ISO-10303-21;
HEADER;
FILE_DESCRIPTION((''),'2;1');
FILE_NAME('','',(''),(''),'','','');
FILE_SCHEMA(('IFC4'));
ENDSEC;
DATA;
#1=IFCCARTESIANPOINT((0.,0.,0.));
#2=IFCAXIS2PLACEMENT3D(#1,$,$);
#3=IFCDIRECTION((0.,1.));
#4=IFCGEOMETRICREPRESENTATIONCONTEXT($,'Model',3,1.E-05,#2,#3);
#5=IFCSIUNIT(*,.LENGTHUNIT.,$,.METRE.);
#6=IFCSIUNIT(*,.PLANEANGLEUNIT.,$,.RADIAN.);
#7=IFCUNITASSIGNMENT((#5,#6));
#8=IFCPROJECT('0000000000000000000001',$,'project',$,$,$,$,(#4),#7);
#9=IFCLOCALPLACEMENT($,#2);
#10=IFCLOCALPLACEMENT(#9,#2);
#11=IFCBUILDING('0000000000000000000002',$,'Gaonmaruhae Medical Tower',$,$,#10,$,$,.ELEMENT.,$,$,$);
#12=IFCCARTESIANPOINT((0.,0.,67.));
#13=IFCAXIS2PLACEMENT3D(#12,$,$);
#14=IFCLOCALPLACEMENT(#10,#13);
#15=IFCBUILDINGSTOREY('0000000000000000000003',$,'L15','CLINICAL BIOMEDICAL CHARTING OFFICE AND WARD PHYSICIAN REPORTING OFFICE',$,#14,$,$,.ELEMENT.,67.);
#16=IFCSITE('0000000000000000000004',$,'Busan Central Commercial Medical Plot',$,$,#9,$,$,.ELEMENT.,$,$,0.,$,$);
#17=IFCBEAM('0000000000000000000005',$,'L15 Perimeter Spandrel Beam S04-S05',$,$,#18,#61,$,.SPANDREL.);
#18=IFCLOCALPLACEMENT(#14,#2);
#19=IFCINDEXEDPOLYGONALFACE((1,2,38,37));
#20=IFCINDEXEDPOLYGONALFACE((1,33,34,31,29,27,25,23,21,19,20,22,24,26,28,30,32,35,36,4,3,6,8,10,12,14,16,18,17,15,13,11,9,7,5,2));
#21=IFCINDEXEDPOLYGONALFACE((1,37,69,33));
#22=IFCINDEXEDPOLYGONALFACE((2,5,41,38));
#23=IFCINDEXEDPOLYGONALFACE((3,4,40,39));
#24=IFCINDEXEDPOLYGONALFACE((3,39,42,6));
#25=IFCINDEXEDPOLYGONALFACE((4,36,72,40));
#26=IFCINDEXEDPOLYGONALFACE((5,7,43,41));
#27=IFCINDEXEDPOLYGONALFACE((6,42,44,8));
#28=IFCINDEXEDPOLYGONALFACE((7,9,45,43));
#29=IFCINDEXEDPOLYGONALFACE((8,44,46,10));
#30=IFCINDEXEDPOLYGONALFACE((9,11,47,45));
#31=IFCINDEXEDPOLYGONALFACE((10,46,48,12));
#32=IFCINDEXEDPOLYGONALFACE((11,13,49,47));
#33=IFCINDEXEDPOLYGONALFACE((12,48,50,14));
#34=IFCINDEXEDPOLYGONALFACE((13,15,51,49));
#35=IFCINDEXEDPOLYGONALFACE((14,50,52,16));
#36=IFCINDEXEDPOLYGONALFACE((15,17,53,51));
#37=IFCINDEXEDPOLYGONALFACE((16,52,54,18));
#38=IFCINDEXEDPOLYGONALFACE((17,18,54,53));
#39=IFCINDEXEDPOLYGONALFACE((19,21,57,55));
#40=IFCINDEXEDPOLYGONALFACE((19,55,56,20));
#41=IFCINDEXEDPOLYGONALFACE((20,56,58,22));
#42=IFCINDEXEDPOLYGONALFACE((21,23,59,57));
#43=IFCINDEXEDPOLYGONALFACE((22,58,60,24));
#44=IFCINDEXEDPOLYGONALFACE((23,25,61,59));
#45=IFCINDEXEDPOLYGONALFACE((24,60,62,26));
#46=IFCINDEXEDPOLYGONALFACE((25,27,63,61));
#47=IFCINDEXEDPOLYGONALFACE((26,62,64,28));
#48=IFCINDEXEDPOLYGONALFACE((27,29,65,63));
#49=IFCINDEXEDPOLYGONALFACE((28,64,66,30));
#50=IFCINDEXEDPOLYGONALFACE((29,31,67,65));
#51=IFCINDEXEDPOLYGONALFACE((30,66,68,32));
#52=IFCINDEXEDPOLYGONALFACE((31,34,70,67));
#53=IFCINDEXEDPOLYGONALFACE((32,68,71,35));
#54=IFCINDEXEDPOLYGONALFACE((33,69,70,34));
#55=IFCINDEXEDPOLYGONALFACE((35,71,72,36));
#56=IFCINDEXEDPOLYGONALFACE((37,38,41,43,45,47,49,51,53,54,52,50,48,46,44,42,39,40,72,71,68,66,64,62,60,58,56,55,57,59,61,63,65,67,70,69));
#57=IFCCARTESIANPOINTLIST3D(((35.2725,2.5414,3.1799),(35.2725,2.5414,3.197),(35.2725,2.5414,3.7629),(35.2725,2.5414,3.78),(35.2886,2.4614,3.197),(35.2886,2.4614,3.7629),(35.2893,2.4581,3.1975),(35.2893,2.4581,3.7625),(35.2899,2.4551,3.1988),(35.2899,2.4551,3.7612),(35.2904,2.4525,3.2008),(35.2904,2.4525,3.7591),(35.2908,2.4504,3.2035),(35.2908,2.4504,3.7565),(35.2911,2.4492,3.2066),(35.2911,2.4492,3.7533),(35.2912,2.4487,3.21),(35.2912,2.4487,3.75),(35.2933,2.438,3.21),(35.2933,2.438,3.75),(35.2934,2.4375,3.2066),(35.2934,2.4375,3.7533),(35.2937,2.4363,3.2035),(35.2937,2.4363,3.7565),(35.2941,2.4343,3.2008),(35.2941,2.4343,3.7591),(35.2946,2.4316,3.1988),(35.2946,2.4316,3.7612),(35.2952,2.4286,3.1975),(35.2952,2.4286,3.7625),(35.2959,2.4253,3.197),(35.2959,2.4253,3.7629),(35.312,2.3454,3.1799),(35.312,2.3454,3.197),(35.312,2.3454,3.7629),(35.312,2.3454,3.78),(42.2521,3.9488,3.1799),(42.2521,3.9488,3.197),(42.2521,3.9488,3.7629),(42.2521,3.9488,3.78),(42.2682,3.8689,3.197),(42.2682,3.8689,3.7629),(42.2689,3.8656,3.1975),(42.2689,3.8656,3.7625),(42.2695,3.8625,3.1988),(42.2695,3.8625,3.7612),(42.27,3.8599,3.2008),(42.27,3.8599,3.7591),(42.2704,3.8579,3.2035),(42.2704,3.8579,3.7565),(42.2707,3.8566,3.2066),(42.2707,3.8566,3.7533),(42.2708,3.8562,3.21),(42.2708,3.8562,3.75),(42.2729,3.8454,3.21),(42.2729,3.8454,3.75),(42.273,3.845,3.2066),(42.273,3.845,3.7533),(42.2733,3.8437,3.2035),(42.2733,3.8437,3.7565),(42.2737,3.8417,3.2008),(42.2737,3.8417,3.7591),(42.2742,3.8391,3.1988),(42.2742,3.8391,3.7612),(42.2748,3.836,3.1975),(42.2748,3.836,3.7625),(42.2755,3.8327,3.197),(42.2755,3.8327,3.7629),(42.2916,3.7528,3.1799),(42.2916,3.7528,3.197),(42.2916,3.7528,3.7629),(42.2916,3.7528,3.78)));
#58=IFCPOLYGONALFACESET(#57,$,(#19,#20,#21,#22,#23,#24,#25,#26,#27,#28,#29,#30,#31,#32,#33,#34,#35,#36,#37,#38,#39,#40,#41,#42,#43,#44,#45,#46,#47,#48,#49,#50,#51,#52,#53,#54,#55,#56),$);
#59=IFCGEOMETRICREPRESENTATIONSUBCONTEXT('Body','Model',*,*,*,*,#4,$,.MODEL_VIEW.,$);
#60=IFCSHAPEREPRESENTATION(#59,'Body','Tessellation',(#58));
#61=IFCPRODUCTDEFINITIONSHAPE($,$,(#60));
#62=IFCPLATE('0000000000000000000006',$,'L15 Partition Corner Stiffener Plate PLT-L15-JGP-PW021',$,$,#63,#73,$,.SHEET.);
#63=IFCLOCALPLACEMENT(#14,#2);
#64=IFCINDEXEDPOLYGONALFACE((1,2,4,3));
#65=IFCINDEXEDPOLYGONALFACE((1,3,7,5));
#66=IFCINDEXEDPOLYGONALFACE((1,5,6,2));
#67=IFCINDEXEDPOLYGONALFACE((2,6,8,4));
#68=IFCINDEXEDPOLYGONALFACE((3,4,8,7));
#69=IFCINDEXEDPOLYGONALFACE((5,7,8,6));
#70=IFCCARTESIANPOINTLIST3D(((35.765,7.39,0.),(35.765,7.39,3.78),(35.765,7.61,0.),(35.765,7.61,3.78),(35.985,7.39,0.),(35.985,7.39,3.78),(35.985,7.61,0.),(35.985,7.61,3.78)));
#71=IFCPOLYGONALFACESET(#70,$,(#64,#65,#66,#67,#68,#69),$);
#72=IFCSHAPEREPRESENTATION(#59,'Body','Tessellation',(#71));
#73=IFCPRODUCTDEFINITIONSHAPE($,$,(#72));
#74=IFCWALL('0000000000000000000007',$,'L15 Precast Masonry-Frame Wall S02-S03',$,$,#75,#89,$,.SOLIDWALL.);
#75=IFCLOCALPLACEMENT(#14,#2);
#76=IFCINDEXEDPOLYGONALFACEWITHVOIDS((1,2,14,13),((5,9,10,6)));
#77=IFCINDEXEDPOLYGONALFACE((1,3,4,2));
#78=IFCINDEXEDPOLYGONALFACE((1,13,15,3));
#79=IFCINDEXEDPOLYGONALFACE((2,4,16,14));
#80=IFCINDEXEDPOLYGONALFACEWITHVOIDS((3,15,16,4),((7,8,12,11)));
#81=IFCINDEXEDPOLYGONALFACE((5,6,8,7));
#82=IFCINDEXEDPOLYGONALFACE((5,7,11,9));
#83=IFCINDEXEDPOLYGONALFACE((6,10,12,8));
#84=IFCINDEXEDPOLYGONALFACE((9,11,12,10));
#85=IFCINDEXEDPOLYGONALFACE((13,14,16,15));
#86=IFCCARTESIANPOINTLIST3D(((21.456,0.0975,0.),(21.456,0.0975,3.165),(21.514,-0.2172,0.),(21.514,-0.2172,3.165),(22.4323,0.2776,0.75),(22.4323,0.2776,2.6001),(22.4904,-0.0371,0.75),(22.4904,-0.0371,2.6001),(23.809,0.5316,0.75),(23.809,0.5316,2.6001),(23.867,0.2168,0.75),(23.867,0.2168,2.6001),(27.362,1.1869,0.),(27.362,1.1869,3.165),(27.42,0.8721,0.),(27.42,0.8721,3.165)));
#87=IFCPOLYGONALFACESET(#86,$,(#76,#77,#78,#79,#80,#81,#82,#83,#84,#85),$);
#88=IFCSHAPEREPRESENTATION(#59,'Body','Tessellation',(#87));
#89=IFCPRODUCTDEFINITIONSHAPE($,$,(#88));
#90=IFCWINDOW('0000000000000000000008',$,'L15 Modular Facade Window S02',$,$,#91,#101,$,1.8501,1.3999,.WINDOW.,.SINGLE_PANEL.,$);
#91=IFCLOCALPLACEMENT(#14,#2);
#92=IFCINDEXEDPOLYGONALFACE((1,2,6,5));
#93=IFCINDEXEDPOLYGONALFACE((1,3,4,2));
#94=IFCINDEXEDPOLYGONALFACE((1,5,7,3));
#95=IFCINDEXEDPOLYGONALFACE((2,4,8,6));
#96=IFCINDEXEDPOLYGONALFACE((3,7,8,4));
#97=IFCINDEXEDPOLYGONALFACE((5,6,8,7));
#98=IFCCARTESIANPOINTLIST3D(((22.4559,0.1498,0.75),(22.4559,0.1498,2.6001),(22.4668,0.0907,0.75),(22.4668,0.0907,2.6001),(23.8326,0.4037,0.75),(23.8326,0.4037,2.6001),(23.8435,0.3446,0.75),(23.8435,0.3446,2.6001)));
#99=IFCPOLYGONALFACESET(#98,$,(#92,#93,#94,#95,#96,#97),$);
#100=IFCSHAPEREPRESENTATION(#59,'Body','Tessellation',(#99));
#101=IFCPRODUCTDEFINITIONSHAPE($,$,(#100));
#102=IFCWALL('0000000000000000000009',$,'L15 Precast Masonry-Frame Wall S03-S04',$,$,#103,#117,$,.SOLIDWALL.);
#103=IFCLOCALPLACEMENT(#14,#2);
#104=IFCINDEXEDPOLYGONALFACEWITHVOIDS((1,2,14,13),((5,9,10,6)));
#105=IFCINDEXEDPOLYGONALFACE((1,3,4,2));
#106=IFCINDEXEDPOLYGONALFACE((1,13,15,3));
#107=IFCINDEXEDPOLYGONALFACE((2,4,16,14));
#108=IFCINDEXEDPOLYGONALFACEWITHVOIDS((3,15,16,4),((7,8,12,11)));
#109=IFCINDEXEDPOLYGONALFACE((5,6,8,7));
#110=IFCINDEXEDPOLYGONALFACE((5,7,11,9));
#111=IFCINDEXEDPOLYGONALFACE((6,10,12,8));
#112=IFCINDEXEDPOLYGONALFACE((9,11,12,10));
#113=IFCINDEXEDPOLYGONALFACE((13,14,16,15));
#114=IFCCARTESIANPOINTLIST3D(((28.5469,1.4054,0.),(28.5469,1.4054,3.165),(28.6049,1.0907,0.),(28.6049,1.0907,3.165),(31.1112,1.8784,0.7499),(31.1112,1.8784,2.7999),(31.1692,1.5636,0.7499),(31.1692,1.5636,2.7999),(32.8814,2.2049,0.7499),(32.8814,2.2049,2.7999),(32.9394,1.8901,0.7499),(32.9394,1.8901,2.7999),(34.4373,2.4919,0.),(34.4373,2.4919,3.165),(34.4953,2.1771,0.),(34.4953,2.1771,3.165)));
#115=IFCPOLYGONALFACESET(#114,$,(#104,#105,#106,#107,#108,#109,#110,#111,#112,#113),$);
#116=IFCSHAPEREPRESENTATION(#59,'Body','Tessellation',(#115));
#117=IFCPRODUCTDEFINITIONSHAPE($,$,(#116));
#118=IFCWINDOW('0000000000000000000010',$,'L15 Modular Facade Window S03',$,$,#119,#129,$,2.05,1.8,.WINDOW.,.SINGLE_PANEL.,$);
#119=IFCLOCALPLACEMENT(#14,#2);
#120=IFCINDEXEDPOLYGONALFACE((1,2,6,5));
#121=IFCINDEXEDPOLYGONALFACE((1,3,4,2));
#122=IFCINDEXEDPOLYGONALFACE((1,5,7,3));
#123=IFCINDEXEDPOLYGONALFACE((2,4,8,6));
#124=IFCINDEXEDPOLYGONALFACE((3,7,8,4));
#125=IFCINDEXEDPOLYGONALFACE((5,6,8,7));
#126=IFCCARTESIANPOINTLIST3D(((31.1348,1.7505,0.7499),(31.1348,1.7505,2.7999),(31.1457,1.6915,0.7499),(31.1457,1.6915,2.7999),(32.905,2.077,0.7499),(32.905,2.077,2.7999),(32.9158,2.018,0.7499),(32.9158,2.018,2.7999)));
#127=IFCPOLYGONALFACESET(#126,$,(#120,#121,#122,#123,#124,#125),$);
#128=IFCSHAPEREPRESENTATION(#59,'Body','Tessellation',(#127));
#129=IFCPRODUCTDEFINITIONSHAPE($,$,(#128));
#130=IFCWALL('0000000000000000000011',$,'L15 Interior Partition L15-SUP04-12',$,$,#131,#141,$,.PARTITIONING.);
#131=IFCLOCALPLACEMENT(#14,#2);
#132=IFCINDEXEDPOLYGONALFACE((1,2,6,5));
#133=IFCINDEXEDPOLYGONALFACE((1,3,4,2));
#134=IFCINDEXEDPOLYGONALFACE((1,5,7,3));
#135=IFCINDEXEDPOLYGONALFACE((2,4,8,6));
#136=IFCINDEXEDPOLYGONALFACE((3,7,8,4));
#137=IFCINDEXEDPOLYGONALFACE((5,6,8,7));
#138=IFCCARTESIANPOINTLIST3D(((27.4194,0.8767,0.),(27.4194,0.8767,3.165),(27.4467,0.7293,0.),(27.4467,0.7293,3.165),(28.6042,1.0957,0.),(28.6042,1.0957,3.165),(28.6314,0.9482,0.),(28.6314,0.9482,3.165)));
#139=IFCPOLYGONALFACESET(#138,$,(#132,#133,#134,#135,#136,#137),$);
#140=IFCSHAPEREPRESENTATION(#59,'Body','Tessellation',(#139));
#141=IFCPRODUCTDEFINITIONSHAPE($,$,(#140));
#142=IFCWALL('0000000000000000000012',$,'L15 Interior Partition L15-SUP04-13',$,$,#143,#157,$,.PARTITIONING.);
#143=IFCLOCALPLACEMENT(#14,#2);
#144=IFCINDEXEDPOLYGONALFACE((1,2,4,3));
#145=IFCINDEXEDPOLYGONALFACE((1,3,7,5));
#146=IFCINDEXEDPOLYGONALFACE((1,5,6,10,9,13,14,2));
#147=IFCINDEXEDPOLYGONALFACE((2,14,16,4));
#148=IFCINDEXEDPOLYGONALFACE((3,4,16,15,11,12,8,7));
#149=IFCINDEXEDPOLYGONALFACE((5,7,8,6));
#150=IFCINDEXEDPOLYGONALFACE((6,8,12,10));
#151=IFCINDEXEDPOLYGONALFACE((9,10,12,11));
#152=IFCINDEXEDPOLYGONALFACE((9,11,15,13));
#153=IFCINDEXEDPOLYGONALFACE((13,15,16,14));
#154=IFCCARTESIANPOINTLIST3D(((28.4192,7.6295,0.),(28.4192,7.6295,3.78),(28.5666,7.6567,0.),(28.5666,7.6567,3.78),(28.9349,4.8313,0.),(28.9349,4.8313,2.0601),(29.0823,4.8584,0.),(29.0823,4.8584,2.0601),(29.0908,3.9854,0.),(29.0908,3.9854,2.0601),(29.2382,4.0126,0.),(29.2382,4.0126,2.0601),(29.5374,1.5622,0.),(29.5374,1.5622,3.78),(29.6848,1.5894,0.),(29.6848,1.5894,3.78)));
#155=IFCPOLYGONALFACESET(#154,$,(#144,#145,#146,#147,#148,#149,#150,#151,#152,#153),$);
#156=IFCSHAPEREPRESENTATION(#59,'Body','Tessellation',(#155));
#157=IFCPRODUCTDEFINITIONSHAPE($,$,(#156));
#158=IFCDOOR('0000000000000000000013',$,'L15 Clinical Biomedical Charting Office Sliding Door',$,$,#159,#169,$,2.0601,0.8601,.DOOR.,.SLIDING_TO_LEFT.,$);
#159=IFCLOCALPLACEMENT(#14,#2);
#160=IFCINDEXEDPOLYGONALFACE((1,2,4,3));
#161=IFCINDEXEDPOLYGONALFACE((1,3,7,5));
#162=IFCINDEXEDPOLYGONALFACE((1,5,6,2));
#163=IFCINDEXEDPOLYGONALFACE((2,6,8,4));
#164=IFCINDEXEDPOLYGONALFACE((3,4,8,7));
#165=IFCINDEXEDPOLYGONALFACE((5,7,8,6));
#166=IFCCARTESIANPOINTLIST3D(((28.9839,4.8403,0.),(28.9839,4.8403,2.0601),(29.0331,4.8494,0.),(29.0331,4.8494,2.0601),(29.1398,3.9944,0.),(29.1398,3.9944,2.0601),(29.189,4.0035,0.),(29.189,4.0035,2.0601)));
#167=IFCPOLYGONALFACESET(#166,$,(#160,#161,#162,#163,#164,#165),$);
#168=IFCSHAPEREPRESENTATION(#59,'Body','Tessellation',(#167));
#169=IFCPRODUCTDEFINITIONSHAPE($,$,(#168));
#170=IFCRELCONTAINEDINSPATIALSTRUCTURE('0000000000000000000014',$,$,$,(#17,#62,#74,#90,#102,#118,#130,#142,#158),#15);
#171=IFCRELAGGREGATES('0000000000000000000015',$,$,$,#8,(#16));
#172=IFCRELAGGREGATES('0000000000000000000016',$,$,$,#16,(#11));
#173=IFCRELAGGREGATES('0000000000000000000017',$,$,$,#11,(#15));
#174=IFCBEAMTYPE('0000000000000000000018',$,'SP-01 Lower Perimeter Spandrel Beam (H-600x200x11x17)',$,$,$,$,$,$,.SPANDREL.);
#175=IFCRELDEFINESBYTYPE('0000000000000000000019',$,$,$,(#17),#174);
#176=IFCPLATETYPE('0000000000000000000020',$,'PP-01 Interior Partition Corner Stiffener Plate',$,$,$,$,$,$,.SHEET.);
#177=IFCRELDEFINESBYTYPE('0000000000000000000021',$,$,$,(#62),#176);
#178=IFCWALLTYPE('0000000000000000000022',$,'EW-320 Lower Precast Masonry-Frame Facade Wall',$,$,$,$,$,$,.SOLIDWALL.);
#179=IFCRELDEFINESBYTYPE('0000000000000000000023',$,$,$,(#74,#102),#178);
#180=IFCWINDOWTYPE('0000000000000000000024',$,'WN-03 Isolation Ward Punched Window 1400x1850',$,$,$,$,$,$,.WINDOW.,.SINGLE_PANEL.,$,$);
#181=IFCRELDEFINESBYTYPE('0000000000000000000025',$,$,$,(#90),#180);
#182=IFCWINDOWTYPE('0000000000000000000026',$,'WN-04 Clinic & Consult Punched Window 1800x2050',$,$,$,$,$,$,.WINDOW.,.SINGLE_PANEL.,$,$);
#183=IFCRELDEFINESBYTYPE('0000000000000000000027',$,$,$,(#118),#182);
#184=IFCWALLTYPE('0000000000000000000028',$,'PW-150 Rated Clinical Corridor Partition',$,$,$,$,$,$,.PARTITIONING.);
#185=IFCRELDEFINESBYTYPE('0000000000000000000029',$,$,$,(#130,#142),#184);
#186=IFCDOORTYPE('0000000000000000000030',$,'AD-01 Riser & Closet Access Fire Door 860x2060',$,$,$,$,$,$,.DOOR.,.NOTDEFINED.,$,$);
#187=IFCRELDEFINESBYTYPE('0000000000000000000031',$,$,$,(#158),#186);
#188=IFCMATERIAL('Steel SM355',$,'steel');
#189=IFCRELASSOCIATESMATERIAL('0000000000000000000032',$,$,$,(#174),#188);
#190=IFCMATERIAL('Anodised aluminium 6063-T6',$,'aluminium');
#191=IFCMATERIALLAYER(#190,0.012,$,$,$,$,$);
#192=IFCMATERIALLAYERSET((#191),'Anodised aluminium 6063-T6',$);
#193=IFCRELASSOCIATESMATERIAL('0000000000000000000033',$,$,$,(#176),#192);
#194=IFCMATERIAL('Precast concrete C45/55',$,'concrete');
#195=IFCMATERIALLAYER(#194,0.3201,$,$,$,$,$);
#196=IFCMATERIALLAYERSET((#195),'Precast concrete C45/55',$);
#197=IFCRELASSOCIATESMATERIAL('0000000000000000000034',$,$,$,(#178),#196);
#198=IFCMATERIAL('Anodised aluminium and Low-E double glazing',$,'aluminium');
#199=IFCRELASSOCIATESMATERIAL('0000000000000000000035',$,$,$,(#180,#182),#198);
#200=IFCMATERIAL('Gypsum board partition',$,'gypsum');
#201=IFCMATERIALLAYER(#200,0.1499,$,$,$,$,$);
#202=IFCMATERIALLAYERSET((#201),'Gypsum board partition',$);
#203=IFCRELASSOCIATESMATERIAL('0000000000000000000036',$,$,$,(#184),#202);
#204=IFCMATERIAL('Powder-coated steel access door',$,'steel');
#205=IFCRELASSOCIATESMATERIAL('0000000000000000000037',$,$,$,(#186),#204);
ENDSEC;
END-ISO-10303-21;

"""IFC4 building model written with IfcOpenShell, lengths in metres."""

from ifc_helpers import new_model, si_unit, direction, frame, frame_2d, origin, origin_2d, place, context, subcontext, project, spatial, rectangle, i_section, extrude, material, layer, layer_set, material_profile, profile_set, type_object, element, fill, save


model = new_model("IFC4")

# Units and contexts
model_context = context("Model", 3, precision=1e-05, world=origin(), true_north=direction((0.0, 1.0)))
body_context = subcontext(model_context, "Body", "Model", "MODEL_VIEW")
ifc_project = project(units=[si_unit("LENGTHUNIT", "METRE"), si_unit("PLANEANGLEUNIT", "RADIAN")], contexts=[model_context])

# Site, building, storey
site_placement = place(None, origin())
site = spatial("IfcSite", under=ifc_project, at=site_placement, Name="Busan Central Commercial Medical Plot", CompositionType="ELEMENT", RefElevation=0.0)
building_placement = place(site_placement, origin())
building = spatial("IfcBuilding", under=site, at=building_placement, Name="Gaonmaruhae Medical Tower", CompositionType="ELEMENT")
storey_placement = place(building_placement, frame((0.0, 0.0, 67.0)))
storey = spatial("IfcBuildingStorey", under=building, at=storey_placement, Name="L15", Description="CLINICAL BIOMEDICAL CHARTING OFFICE AND WARD PHYSICIAN REPORTING OFFICE", CompositionType="ELEMENT", Elevation=67.0)

# Beam
ifc_material_1 = material(Name="Steel SM355", Category="steel")
ifc_material_profile_1 = material_profile(ifc_material_1, i_section(OverallWidth=0.2, OverallDepth=0.6001, WebThickness=0.011, FlangeThickness=0.0171, FilletRadius=0.0129, at=origin_2d()), Name="H-600x200x11x17")
ifc_profile_set_1 = profile_set([ifc_material_profile_1], Name="Steel SM355")
beam_type_1 = type_object("IfcBeamType", Name="SP-01 Lower Perimeter Spandrel Beam (H-600x200x11x17)", PredefinedType="SPANDREL", material=ifc_profile_set_1)
beam_1_placement = place(storey_placement, frame((35.2922, 2.4434, 3.48), z_axis=(0.980268, 0.197672, 0.0), x_axis=(-0.197672, 0.980268, 0.0)))
element("IfcBeam", 1, at=beam_1_placement, inside=storey, type_object=beam_type_1, Name="L15 Perimeter Spandrel Beam S04-S05", PredefinedType="SPANDREL", context=body_context, shape_type="SweptSolid", body=[
    extrude(i_section(OverallWidth=0.2, OverallDepth=0.6001, WebThickness=0.011, FlangeThickness=0.0171, FilletRadius=0.0129, at=origin_2d()), origin(), (0.0, 0.0, 1.0), 7.1201),
])

# Plate
ifc_material_2 = material(Name="Anodised aluminium 6063-T6", Category="aluminium")
ifc_layer_1 = layer(ifc_material_2, 0.012)
ifc_layer_set_1 = layer_set([ifc_layer_1], Name="Anodised aluminium 6063-T6")
plate_type = type_object("IfcPlateType", Name="PP-01 Interior Partition Corner Stiffener Plate", PredefinedType="SHEET", material=ifc_layer_set_1)
plate_placement = place(storey_placement, frame((35.875, 7.5, 0.0), z_axis=(0.0, 0.0, 1.0), x_axis=(1.0, 0.0, 0.0)))
element("IfcPlate", 2, at=plate_placement, inside=storey, type_object=plate_type, Name="L15 Partition Corner Stiffener Plate PLT-L15-JGP-PW021", PredefinedType="SHEET", context=body_context, shape_type="SweptSolid", body=[
    extrude(rectangle(XDim=0.22, YDim=0.22, at=origin_2d()), origin(), (0.0, 0.0, 1.0), 3.78),
])

# Walls, openings, windows
ifc_material_3 = material(Name="Precast concrete C45/55", Category="concrete")
ifc_layer_2 = layer(ifc_material_3, 0.3201)
ifc_layer_set_2 = layer_set([ifc_layer_2], Name="Precast concrete C45/55")
wall_type_1 = type_object("IfcWallType", Name="EW-320 Lower Precast Masonry-Frame Facade Wall", PredefinedType="SOLIDWALL", material=ifc_layer_set_2)
wall_1_placement = place(storey_placement, frame((27.3911, 1.0295, 0.0), z_axis=(0.0, 0.0, 1.0), x_axis=(-0.983411, -0.181389, 0.0)))
wall_1 = element("IfcWall", 3, at=wall_1_placement, inside=storey, type_object=wall_type_1, Name="L15 Precast Masonry-Frame Wall S02-S03", PredefinedType="SOLIDWALL", context=body_context, shape_type="SweptSolid", body=[
    extrude(rectangle(XDim=6.0056, YDim=0.3201, at=frame_2d((3.0029, 0.0))), origin(), (0.0, 0.0, 1.0), 3.165),
])
opening_1_placement = place(wall_1_placement, frame((3.613, 0.0, 0.75)))
opening_1 = element("IfcOpeningElement", 4, at=opening_1_placement, cuts=wall_1, PredefinedType="OPENING", context=body_context, shape_type="SweptSolid", body=[
    extrude(rectangle(XDim=1.3999, YDim=1.8501, at=frame_2d((0.7, 0.925))), frame((0.0, 0.1699, 0.0), z_axis=(0.0, -1.0, 0.0), x_axis=(1.0, 0.0, 0.0)), (0.0, 0.0, 1.0), 0.3401),
])
ifc_material_4 = material(Name="Anodised aluminium and Low-E double glazing", Category="aluminium")
window_type_1 = type_object("IfcWindowType", Name="WN-03 Isolation Ward Punched Window 1400x1850", PartitioningType="SINGLE_PANEL", PredefinedType="WINDOW", material=ifc_material_4)
window_1_placement = place(opening_1_placement, origin())
window_1 = element("IfcWindow", 5, at=window_1_placement, inside=storey, type_object=window_type_1, Name="L15 Modular Facade Window S02", OverallHeight=1.8501, OverallWidth=1.3999, PartitioningType="SINGLE_PANEL", PredefinedType="WINDOW", context=body_context, shape_type="SweptSolid", body=[
    extrude(rectangle(XDim=1.3999, YDim=1.8501, at=frame_2d((0.7, 0.925))), frame((0.0, 0.03, 0.0), z_axis=(0.0, -1.0, 0.0), x_axis=(1.0, 0.0, 0.0)), (0.0, 0.0, 1.0), 0.0601),
])
fill(opening_1, window_1)
wall_2_placement = place(storey_placement, frame((34.4663, 2.3345, 0.0), z_axis=(0.0, 0.0, 1.0), x_axis=(-0.983413, -0.181381, 0.0)))
wall_2 = element("IfcWall", 6, at=wall_2_placement, inside=storey, type_object=wall_type_1, Name="L15 Precast Masonry-Frame Wall S03-S04", PredefinedType="SOLIDWALL", context=body_context, shape_type="SweptSolid", body=[
    extrude(rectangle(XDim=5.9897, YDim=0.3201, at=frame_2d((2.9949, 0.0))), origin(), (0.0, 0.0, 1.0), 3.165),
])
opening_2_placement = place(wall_2_placement, frame((1.5823, 0.0, 0.75)))
opening_2 = element("IfcOpeningElement", 7, at=opening_2_placement, cuts=wall_2, PredefinedType="OPENING", context=body_context, shape_type="SweptSolid", body=[
    extrude(rectangle(XDim=1.8, YDim=2.05, at=frame_2d((0.8999, 1.0249))), frame((0.0, 0.1699, 0.0), z_axis=(0.0, -1.0, 0.0), x_axis=(1.0, 0.0, 0.0)), (0.0, 0.0, 1.0), 0.3401),
])
window_type_2 = type_object("IfcWindowType", Name="WN-04 Clinic & Consult Punched Window 1800x2050", PartitioningType="SINGLE_PANEL", PredefinedType="WINDOW", material=ifc_material_4)
window_2_placement = place(opening_2_placement, origin())
window_2 = element("IfcWindow", 8, at=window_2_placement, inside=storey, type_object=window_type_2, Name="L15 Modular Facade Window S03", OverallHeight=2.05, OverallWidth=1.8, PartitioningType="SINGLE_PANEL", PredefinedType="WINDOW", context=body_context, shape_type="SweptSolid", body=[
    extrude(rectangle(XDim=1.8, YDim=2.05, at=frame_2d((0.8999, 1.0249))), frame((0.0, 0.03, 0.0), z_axis=(0.0, -1.0, 0.0), x_axis=(1.0, 0.0, 0.0)), (0.0, 0.0, 1.0), 0.0601),
])
fill(opening_2, window_2)

# Wall
ifc_material_5 = material(Name="Gypsum board partition", Category="gypsum")
ifc_layer_3 = layer(ifc_material_5, 0.1499)
ifc_layer_set_3 = layer_set([ifc_layer_3], Name="Gypsum board partition")
wall_type_2 = type_object("IfcWallType", Name="PW-150 Rated Clinical Corridor Partition", PredefinedType="PARTITIONING", material=ifc_layer_set_3)
wall_3_placement = place(storey_placement, frame((28.6179, 1.022, 0.0), z_axis=(0.0, 0.0, 1.0), x_axis=(-0.983344, -0.181755, 0.0)))
element("IfcWall", 9, at=wall_3_placement, inside=storey, type_object=wall_type_2, Name="L15 Interior Partition L15-SUP04-12", PredefinedType="PARTITIONING", context=body_context, shape_type="SweptSolid", body=[
    extrude(rectangle(XDim=1.2048, YDim=0.1499, at=frame_2d((0.6025, 0.0))), origin(), (0.0, 0.0, 1.0), 3.165),
])

# Wall, opening, door
wall_4_placement = place(storey_placement, frame((28.4929, 7.6431, 0.0), z_axis=(0.0, 0.0, 1.0), x_axis=(0.181246, -0.983438, 0.0)))
wall_4 = element("IfcWall", 10, at=wall_4_placement, inside=storey, type_object=wall_type_2, Name="L15 Interior Partition L15-SUP04-13", PredefinedType="PARTITIONING", context=body_context, shape_type="SweptSolid", body=[
    extrude(rectangle(XDim=6.1694, YDim=0.1499, at=frame_2d((3.0847, 0.0))), origin(), (0.0, 0.0, 1.0), 3.78),
])
opening_3_placement = place(wall_4_placement, frame((2.8452, 0.0, 0.0)))
opening_3 = element("IfcOpeningElement", 11, at=opening_3_placement, cuts=wall_4, PredefinedType="OPENING", context=body_context, shape_type="SweptSolid", body=[
    extrude(rectangle(XDim=0.8601, YDim=2.0601, at=frame_2d((0.4302, 1.03))), frame((0.0, 0.085, 0.0), z_axis=(0.0, -1.0, 0.0), x_axis=(1.0, 0.0, 0.0)), (0.0, 0.0, 1.0), 0.1699),
])
ifc_material_6 = material(Name="Powder-coated steel access door", Category="steel")
door_type = type_object("IfcDoorType", Name="AD-01 Riser & Closet Access Fire Door 860x2060", OperationType="NOTDEFINED", PredefinedType="DOOR", material=ifc_material_6)
door_1_placement = place(opening_3_placement, origin())
door_1 = element("IfcDoor", 12, at=door_1_placement, inside=storey, type_object=door_type, Name="L15 Clinical Biomedical Charting Office Sliding Door", OperationType="SLIDING_TO_LEFT", OverallHeight=2.0601, OverallWidth=0.8601, PredefinedType="DOOR", context=body_context, shape_type="SweptSolid", body=[
    extrude(rectangle(XDim=0.8601, YDim=2.0601, at=frame_2d((0.4302, 1.03))), frame((0.0, 0.0249, 0.0), z_axis=(0.0, -1.0, 0.0), x_axis=(1.0, 0.0, 0.0)), (0.0, 0.0, 1.0), 0.05),
])
fill(opening_3, door_1)

save(model, "model.ifc")
